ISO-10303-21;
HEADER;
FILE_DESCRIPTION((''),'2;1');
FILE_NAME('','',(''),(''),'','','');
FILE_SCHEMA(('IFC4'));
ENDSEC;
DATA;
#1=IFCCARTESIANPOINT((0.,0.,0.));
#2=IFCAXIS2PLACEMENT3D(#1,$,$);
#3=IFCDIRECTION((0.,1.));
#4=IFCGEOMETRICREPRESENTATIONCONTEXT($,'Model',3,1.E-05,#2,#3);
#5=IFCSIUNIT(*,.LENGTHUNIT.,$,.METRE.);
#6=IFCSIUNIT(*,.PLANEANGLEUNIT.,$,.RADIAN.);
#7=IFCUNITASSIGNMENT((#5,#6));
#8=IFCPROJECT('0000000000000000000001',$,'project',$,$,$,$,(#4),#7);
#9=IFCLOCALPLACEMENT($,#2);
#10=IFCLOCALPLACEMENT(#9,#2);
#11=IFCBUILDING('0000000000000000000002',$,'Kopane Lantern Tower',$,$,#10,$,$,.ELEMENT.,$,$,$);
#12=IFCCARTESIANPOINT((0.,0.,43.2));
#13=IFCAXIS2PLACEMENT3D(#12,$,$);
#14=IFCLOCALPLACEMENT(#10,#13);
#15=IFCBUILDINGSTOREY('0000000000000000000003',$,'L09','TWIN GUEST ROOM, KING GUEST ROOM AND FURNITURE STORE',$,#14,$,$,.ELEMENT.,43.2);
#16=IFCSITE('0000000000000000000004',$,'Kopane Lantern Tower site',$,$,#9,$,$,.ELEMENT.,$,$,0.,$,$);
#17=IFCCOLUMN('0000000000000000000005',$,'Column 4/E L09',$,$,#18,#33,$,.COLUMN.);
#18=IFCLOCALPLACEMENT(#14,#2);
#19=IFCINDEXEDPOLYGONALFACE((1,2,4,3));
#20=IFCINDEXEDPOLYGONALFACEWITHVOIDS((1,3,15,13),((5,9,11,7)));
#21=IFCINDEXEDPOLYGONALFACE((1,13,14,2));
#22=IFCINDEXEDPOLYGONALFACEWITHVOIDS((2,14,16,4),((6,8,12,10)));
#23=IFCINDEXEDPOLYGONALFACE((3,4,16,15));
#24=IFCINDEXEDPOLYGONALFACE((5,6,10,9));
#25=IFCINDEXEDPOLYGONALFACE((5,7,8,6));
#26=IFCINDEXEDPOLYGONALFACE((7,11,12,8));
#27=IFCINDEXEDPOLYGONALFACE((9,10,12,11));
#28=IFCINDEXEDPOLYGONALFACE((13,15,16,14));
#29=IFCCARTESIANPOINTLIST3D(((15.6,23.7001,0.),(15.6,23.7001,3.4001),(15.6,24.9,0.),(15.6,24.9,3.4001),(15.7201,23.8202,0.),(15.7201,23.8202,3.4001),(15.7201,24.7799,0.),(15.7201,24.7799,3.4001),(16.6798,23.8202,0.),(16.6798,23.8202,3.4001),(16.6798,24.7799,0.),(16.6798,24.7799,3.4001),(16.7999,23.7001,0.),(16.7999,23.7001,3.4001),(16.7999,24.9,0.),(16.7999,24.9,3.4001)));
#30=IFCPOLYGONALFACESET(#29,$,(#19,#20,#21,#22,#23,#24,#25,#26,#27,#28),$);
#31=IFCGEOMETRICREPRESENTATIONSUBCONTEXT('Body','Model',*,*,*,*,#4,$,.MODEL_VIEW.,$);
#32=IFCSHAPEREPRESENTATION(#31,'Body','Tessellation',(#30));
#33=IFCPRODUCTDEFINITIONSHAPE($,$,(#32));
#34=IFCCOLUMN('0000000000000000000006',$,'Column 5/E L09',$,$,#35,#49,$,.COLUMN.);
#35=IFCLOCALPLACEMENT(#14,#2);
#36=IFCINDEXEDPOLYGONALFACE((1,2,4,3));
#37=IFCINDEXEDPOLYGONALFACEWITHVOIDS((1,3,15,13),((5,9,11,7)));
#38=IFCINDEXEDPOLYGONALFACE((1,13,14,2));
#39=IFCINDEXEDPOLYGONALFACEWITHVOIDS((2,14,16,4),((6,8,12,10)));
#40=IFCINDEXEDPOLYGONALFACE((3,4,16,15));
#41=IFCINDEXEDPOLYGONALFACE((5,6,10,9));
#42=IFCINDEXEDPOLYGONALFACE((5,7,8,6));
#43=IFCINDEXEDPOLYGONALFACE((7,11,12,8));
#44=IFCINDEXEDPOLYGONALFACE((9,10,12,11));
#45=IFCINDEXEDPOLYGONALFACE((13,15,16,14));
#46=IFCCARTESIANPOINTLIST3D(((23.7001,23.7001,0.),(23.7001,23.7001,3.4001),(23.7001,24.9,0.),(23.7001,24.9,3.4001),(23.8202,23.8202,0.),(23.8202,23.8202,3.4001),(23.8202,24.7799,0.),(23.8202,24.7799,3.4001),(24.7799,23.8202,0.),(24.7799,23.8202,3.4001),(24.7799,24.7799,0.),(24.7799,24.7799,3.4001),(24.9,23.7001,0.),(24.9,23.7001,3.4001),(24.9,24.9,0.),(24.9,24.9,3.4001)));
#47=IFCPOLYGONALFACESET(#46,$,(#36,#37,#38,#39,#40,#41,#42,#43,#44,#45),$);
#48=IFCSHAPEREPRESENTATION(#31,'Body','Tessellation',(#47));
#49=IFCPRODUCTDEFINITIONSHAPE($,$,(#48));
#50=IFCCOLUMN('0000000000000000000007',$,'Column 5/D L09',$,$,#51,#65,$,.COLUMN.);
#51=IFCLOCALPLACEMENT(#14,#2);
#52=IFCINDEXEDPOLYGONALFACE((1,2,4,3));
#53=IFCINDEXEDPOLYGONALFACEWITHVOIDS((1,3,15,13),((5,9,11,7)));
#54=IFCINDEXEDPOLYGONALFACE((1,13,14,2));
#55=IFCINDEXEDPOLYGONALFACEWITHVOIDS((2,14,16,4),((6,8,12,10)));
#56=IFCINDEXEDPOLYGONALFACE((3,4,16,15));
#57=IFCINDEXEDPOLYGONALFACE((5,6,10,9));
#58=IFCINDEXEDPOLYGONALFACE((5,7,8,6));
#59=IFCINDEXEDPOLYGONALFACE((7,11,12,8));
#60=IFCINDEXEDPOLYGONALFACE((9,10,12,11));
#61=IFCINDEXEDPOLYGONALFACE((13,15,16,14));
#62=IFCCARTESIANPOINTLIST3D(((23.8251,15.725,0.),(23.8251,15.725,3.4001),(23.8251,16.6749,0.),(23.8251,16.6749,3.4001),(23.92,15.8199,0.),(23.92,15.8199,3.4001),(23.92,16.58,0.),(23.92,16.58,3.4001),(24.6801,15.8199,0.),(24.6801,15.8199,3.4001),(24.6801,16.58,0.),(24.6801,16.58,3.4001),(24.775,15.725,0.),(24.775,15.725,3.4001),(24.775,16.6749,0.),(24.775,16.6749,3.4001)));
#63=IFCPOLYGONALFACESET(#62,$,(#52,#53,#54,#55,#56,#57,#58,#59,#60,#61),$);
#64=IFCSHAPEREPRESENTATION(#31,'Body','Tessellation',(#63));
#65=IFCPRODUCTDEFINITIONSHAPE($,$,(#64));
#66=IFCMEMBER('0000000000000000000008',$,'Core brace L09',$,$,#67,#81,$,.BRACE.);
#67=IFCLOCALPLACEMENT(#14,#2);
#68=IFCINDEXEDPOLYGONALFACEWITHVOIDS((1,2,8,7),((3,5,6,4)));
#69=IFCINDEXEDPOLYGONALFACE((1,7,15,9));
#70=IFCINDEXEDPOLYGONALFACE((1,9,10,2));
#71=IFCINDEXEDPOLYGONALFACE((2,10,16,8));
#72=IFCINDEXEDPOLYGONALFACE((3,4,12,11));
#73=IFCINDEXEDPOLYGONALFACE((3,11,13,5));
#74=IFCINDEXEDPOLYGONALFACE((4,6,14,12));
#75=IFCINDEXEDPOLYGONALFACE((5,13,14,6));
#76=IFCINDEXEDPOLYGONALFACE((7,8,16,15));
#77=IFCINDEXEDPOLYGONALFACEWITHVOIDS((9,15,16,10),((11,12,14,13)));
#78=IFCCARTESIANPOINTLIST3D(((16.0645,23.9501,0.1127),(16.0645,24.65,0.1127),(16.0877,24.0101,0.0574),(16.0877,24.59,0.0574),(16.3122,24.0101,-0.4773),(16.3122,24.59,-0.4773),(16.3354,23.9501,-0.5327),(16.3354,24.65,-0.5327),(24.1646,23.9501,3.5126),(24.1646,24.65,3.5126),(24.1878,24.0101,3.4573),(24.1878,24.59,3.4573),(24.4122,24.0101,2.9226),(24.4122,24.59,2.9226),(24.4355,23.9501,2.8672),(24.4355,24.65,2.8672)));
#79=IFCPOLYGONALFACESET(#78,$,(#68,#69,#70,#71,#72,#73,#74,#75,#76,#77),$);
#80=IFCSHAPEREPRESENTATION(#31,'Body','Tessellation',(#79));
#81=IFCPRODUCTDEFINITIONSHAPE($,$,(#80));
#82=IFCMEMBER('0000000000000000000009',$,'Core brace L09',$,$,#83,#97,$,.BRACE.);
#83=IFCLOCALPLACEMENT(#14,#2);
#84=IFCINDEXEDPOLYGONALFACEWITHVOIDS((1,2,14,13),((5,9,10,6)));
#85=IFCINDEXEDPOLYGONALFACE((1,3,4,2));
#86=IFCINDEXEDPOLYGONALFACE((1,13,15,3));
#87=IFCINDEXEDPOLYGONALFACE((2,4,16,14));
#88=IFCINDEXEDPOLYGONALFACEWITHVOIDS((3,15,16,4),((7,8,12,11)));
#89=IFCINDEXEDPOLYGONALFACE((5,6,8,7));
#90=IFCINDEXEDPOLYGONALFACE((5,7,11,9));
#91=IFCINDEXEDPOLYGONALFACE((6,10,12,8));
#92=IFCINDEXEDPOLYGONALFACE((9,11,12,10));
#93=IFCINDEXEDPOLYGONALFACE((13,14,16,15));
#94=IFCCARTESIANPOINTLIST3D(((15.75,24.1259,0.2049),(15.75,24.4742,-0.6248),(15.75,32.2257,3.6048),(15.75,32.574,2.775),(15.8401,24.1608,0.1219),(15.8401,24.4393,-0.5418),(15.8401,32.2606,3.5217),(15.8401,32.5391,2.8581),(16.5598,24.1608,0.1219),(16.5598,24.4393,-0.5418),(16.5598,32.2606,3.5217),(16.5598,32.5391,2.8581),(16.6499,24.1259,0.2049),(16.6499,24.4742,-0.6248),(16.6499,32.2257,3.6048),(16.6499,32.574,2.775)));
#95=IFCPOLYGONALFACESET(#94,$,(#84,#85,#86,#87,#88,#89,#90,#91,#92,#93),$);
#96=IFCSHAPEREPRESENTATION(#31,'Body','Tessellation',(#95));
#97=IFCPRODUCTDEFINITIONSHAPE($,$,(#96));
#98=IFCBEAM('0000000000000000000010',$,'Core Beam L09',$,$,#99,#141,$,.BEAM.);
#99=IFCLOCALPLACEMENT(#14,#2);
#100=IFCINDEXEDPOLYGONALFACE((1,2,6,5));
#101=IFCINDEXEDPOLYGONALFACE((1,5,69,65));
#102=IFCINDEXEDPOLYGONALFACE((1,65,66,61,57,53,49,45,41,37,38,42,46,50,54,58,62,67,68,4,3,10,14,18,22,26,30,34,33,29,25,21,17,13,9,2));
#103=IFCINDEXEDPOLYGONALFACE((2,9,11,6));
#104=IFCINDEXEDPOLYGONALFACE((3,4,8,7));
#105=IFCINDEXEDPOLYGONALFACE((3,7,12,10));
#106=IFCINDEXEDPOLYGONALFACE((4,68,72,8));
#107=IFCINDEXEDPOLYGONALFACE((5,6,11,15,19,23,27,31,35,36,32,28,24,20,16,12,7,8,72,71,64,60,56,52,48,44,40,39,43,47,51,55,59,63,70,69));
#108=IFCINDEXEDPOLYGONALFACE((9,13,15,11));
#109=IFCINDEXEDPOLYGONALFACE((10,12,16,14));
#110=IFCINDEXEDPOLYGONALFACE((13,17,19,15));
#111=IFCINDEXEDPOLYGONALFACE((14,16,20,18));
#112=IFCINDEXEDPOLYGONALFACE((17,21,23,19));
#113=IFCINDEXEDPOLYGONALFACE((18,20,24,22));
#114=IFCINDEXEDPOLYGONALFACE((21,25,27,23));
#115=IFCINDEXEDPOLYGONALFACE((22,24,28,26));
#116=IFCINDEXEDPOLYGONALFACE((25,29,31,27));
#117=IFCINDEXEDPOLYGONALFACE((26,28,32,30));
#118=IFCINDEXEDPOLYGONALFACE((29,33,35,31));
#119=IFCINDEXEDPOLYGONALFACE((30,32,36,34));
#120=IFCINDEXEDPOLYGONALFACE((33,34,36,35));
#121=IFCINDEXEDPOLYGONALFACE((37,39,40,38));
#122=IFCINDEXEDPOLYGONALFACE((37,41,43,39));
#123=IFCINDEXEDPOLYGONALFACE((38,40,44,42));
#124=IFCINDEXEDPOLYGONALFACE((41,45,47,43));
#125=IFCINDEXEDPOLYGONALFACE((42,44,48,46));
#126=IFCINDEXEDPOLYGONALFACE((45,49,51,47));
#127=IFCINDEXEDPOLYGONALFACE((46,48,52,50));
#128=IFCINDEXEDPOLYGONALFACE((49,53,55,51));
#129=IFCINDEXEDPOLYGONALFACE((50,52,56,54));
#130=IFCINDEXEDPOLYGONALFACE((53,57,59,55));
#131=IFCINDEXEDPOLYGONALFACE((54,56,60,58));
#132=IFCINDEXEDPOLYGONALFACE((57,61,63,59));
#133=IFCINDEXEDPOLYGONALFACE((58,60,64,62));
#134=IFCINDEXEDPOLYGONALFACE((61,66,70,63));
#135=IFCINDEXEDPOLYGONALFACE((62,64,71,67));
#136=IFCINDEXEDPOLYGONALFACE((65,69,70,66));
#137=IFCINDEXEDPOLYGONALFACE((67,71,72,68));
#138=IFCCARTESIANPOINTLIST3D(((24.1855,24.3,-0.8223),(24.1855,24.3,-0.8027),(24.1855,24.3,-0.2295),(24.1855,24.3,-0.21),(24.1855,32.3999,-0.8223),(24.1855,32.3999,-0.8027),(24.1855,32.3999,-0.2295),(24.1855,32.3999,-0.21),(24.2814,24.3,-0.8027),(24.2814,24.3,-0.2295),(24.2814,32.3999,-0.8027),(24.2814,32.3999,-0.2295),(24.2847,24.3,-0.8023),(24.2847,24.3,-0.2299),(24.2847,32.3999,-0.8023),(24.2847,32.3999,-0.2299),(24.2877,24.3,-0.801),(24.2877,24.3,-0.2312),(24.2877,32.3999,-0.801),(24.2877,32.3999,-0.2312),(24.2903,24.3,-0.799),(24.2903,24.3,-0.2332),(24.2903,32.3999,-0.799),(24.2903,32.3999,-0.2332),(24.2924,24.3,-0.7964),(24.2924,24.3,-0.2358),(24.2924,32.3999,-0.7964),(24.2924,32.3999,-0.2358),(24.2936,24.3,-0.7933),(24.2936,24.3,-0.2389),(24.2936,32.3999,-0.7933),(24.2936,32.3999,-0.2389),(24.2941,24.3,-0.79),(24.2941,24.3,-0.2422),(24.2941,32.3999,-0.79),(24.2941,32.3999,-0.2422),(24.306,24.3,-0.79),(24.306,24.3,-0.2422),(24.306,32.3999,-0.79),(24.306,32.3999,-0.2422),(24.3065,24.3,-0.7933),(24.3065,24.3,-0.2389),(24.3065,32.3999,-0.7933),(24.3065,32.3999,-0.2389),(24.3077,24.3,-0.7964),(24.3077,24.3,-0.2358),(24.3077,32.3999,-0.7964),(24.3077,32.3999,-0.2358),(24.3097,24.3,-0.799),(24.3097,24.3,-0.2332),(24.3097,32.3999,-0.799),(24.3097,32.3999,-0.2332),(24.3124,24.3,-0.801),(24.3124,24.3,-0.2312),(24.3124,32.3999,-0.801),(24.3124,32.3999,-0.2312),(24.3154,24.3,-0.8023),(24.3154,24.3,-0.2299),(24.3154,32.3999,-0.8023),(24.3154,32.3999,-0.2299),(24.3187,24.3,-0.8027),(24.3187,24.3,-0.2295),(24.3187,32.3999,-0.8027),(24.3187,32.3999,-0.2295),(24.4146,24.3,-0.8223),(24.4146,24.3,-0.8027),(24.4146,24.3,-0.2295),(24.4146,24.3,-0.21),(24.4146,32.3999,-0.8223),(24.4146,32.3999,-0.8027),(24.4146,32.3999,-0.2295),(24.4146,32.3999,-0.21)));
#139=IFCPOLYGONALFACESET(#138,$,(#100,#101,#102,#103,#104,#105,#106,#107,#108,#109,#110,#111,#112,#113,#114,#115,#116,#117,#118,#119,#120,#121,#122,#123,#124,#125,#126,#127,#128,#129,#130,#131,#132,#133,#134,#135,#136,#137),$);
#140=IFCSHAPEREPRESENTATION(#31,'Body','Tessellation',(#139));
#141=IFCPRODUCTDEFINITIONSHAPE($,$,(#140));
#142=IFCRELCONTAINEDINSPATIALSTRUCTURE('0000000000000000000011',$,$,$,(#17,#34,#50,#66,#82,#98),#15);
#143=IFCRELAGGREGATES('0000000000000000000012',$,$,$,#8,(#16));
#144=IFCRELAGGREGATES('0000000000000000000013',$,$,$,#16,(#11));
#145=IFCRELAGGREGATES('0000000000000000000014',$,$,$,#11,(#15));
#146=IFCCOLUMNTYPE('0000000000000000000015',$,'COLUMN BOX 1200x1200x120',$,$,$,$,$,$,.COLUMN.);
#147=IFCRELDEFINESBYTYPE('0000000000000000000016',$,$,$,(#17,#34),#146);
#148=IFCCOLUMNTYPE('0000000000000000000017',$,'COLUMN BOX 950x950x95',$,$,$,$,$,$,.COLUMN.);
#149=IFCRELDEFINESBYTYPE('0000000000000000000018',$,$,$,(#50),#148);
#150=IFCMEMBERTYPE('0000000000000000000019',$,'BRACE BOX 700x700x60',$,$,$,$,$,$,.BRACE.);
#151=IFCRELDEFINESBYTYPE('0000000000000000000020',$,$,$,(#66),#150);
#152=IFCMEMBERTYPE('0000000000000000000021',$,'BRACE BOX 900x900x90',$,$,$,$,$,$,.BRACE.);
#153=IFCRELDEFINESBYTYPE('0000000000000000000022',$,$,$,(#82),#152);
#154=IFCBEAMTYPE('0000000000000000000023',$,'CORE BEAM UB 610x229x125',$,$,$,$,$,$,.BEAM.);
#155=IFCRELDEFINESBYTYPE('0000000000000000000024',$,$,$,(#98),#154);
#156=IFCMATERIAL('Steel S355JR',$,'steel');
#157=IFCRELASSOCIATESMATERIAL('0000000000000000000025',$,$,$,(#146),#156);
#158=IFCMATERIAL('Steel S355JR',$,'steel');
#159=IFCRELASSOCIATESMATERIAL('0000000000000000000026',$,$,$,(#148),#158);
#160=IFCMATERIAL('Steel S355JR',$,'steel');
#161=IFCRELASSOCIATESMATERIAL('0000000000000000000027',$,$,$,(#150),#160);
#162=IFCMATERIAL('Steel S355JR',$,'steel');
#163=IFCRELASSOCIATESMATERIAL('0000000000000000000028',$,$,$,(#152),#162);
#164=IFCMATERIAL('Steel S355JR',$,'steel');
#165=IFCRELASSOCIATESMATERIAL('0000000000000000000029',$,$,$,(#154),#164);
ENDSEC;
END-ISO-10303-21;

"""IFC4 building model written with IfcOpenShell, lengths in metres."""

from ifc_helpers import new_model, si_unit, direction, frame, origin, origin_2d, place, context, subcontext, project, spatial, hollow_rectangle, i_section, extrude, material, material_profile, profile_set, type_object, element, save


model = new_model("IFC4")

# Units and contexts
model_context = context("Model", 3, precision=1e-05, world=origin(), true_north=direction((0.0, 1.0)))
body_context = subcontext(model_context, "Body", "Model", "MODEL_VIEW")
ifc_project = project(units=[si_unit("LENGTHUNIT", "METRE"), si_unit("PLANEANGLEUNIT", "RADIAN")], contexts=[model_context])

# Site, building, storey
site_placement = place(None, origin())
site = spatial("IfcSite", under=ifc_project, at=site_placement, Name="Kopane Lantern Tower site", CompositionType="ELEMENT", RefElevation=0.0)
building_placement = place(site_placement, origin())
building = spatial("IfcBuilding", under=site, at=building_placement, Name="Kopane Lantern Tower", CompositionType="ELEMENT")
storey_placement = place(building_placement, frame((0.0, 0.0, 43.2)))
storey = spatial("IfcBuildingStorey", under=building, at=storey_placement, Name="L09", Description="TWIN GUEST ROOM, KING GUEST ROOM AND FURNITURE STORE", CompositionType="ELEMENT", Elevation=43.2)

# Columns
ifc_material_1 = material(Name="Steel S355JR", Category="steel")
ifc_material_profile_1 = material_profile(ifc_material_1, hollow_rectangle(XDim=1.2, YDim=1.2, WallThickness=0.1201, at=origin_2d()), Name="BOX 1200x1200x120")
ifc_profile_set_1 = profile_set([ifc_material_profile_1], Name="Steel S355JR")
column_type_1 = type_object("IfcColumnType", Name="COLUMN BOX 1200x1200x120", PredefinedType="COLUMN", material=ifc_profile_set_1)
for number, where, z_axis, x_axis, name in (
    (1, (16.2, 24.3, 0.0), (0.0, 0.0, 1.0), (1.0, 0.0, 0.0), "Column 4/E L09"),
    (2, (24.3, 24.3, 0.0), (0.0, 0.0, 1.0), (1.0, 0.0, 0.0), "Column 5/E L09"),
):
    element("IfcColumn", number, at=place(storey_placement, frame(where, z_axis=z_axis, x_axis=x_axis)), inside=storey, type_object=column_type_1, Name=name, PredefinedType="COLUMN", context=body_context, shape_type="SweptSolid", body=[
        extrude(hollow_rectangle(XDim=1.2, YDim=1.2, WallThickness=0.1201, at=origin_2d()), origin(), (0.0, 0.0, 1.0), 3.4001),
    ])
ifc_material_2 = material(Name="Steel S355JR", Category="steel")
ifc_material_profile_2 = material_profile(ifc_material_2, hollow_rectangle(XDim=0.95, YDim=0.95, WallThickness=0.095, at=origin_2d()), Name="BOX 950x950x95")
ifc_profile_set_2 = profile_set([ifc_material_profile_2], Name="Steel S355JR")
column_type_2 = type_object("IfcColumnType", Name="COLUMN BOX 950x950x95", PredefinedType="COLUMN", material=ifc_profile_set_2)
column_placement = place(storey_placement, frame((24.3, 16.2, 0.0), z_axis=(0.0, 0.0, 1.0), x_axis=(1.0, 0.0, 0.0)))
element("IfcColumn", 3, at=column_placement, inside=storey, type_object=column_type_2, Name="Column 5/D L09", PredefinedType="COLUMN", context=body_context, shape_type="SweptSolid", body=[
    extrude(hollow_rectangle(XDim=0.95, YDim=0.95, WallThickness=0.095, at=origin_2d()), origin(), (0.0, 0.0, 1.0), 3.4001),
])

# Members
ifc_material_3 = material(Name="Steel S355JR", Category="steel")
ifc_material_profile_3 = material_profile(ifc_material_3, hollow_rectangle(XDim=0.7, YDim=0.7, WallThickness=0.0601, at=origin_2d()), Name="BOX 700x700x60")
ifc_profile_set_3 = profile_set([ifc_material_profile_3], Name="Steel S355JR")
member_type_1 = type_object("IfcMemberType", Name="BRACE BOX 700x700x60", PredefinedType="BRACE", material=ifc_profile_set_3)
member_1_placement = place(storey_placement, frame((16.2, 24.3, -0.21), z_axis=(0.922069, 0.0, 0.387026), x_axis=(0.0, 1.0, 0.0)))
element("IfcMember", 4, at=member_1_placement, inside=storey, type_object=member_type_1, Name="Core brace L09", PredefinedType="BRACE", context=body_context, shape_type="SweptSolid", body=[
    extrude(hollow_rectangle(XDim=0.7, YDim=0.7, WallThickness=0.0601, at=origin_2d()), origin(), (0.0, 0.0, 1.0), 8.7847),
])
ifc_material_4 = material(Name="Steel S355JR", Category="steel")
ifc_material_profile_4 = material_profile(ifc_material_4, hollow_rectangle(XDim=0.8999, YDim=0.8999, WallThickness=0.0901, at=origin_2d()), Name="BOX 900x900x90")
ifc_profile_set_4 = profile_set([ifc_material_profile_4], Name="Steel S355JR")
member_type_2 = type_object("IfcMemberType", Name="BRACE BOX 900x900x90", PredefinedType="BRACE", material=ifc_profile_set_4)
member_2_placement = place(storey_placement, frame((16.2, 24.3, -0.21), z_axis=(0.0, 0.922065, 0.387035), x_axis=(-1.0, 0.0, 0.0)))
element("IfcMember", 5, at=member_2_placement, inside=storey, type_object=member_type_2, Name="Core brace L09", PredefinedType="BRACE", context=body_context, shape_type="SweptSolid", body=[
    extrude(hollow_rectangle(XDim=0.8999, YDim=0.8999, WallThickness=0.0901, at=origin_2d()), origin(), (0.0, 0.0, 1.0), 8.7844),
])

# Beam
ifc_material_5 = material(Name="Steel S355JR", Category="steel")
ifc_material_profile_5 = material_profile(ifc_material_5, i_section(OverallWidth=0.229, OverallDepth=0.6123, WebThickness=0.012, FlangeThickness=0.0195, FilletRadius=0.0127, at=origin_2d()), Name="UB 610x229x125")
ifc_profile_set_5 = profile_set([ifc_material_profile_5], Name="Steel S355JR")
beam_type_1 = type_object("IfcBeamType", Name="CORE BEAM UB 610x229x125", PredefinedType="BEAM", material=ifc_profile_set_5)
beam_1_placement = place(storey_placement, frame((24.3, 24.3, -0.5161), z_axis=(0.0, 1.0, 0.0), x_axis=(-1.0, 0.0, 0.0)))
element("IfcBeam", 6, at=beam_1_placement, inside=storey, type_object=beam_type_1, Name="Core Beam L09", PredefinedType="BEAM", context=body_context, shape_type="SweptSolid", body=[
    extrude(i_section(OverallWidth=0.229, OverallDepth=0.6123, WebThickness=0.012, FlangeThickness=0.0195, FilletRadius=0.0127, at=origin_2d()), origin(), (0.0, 0.0, 1.0), 8.0999),
])

save(model, "model.ifc")
